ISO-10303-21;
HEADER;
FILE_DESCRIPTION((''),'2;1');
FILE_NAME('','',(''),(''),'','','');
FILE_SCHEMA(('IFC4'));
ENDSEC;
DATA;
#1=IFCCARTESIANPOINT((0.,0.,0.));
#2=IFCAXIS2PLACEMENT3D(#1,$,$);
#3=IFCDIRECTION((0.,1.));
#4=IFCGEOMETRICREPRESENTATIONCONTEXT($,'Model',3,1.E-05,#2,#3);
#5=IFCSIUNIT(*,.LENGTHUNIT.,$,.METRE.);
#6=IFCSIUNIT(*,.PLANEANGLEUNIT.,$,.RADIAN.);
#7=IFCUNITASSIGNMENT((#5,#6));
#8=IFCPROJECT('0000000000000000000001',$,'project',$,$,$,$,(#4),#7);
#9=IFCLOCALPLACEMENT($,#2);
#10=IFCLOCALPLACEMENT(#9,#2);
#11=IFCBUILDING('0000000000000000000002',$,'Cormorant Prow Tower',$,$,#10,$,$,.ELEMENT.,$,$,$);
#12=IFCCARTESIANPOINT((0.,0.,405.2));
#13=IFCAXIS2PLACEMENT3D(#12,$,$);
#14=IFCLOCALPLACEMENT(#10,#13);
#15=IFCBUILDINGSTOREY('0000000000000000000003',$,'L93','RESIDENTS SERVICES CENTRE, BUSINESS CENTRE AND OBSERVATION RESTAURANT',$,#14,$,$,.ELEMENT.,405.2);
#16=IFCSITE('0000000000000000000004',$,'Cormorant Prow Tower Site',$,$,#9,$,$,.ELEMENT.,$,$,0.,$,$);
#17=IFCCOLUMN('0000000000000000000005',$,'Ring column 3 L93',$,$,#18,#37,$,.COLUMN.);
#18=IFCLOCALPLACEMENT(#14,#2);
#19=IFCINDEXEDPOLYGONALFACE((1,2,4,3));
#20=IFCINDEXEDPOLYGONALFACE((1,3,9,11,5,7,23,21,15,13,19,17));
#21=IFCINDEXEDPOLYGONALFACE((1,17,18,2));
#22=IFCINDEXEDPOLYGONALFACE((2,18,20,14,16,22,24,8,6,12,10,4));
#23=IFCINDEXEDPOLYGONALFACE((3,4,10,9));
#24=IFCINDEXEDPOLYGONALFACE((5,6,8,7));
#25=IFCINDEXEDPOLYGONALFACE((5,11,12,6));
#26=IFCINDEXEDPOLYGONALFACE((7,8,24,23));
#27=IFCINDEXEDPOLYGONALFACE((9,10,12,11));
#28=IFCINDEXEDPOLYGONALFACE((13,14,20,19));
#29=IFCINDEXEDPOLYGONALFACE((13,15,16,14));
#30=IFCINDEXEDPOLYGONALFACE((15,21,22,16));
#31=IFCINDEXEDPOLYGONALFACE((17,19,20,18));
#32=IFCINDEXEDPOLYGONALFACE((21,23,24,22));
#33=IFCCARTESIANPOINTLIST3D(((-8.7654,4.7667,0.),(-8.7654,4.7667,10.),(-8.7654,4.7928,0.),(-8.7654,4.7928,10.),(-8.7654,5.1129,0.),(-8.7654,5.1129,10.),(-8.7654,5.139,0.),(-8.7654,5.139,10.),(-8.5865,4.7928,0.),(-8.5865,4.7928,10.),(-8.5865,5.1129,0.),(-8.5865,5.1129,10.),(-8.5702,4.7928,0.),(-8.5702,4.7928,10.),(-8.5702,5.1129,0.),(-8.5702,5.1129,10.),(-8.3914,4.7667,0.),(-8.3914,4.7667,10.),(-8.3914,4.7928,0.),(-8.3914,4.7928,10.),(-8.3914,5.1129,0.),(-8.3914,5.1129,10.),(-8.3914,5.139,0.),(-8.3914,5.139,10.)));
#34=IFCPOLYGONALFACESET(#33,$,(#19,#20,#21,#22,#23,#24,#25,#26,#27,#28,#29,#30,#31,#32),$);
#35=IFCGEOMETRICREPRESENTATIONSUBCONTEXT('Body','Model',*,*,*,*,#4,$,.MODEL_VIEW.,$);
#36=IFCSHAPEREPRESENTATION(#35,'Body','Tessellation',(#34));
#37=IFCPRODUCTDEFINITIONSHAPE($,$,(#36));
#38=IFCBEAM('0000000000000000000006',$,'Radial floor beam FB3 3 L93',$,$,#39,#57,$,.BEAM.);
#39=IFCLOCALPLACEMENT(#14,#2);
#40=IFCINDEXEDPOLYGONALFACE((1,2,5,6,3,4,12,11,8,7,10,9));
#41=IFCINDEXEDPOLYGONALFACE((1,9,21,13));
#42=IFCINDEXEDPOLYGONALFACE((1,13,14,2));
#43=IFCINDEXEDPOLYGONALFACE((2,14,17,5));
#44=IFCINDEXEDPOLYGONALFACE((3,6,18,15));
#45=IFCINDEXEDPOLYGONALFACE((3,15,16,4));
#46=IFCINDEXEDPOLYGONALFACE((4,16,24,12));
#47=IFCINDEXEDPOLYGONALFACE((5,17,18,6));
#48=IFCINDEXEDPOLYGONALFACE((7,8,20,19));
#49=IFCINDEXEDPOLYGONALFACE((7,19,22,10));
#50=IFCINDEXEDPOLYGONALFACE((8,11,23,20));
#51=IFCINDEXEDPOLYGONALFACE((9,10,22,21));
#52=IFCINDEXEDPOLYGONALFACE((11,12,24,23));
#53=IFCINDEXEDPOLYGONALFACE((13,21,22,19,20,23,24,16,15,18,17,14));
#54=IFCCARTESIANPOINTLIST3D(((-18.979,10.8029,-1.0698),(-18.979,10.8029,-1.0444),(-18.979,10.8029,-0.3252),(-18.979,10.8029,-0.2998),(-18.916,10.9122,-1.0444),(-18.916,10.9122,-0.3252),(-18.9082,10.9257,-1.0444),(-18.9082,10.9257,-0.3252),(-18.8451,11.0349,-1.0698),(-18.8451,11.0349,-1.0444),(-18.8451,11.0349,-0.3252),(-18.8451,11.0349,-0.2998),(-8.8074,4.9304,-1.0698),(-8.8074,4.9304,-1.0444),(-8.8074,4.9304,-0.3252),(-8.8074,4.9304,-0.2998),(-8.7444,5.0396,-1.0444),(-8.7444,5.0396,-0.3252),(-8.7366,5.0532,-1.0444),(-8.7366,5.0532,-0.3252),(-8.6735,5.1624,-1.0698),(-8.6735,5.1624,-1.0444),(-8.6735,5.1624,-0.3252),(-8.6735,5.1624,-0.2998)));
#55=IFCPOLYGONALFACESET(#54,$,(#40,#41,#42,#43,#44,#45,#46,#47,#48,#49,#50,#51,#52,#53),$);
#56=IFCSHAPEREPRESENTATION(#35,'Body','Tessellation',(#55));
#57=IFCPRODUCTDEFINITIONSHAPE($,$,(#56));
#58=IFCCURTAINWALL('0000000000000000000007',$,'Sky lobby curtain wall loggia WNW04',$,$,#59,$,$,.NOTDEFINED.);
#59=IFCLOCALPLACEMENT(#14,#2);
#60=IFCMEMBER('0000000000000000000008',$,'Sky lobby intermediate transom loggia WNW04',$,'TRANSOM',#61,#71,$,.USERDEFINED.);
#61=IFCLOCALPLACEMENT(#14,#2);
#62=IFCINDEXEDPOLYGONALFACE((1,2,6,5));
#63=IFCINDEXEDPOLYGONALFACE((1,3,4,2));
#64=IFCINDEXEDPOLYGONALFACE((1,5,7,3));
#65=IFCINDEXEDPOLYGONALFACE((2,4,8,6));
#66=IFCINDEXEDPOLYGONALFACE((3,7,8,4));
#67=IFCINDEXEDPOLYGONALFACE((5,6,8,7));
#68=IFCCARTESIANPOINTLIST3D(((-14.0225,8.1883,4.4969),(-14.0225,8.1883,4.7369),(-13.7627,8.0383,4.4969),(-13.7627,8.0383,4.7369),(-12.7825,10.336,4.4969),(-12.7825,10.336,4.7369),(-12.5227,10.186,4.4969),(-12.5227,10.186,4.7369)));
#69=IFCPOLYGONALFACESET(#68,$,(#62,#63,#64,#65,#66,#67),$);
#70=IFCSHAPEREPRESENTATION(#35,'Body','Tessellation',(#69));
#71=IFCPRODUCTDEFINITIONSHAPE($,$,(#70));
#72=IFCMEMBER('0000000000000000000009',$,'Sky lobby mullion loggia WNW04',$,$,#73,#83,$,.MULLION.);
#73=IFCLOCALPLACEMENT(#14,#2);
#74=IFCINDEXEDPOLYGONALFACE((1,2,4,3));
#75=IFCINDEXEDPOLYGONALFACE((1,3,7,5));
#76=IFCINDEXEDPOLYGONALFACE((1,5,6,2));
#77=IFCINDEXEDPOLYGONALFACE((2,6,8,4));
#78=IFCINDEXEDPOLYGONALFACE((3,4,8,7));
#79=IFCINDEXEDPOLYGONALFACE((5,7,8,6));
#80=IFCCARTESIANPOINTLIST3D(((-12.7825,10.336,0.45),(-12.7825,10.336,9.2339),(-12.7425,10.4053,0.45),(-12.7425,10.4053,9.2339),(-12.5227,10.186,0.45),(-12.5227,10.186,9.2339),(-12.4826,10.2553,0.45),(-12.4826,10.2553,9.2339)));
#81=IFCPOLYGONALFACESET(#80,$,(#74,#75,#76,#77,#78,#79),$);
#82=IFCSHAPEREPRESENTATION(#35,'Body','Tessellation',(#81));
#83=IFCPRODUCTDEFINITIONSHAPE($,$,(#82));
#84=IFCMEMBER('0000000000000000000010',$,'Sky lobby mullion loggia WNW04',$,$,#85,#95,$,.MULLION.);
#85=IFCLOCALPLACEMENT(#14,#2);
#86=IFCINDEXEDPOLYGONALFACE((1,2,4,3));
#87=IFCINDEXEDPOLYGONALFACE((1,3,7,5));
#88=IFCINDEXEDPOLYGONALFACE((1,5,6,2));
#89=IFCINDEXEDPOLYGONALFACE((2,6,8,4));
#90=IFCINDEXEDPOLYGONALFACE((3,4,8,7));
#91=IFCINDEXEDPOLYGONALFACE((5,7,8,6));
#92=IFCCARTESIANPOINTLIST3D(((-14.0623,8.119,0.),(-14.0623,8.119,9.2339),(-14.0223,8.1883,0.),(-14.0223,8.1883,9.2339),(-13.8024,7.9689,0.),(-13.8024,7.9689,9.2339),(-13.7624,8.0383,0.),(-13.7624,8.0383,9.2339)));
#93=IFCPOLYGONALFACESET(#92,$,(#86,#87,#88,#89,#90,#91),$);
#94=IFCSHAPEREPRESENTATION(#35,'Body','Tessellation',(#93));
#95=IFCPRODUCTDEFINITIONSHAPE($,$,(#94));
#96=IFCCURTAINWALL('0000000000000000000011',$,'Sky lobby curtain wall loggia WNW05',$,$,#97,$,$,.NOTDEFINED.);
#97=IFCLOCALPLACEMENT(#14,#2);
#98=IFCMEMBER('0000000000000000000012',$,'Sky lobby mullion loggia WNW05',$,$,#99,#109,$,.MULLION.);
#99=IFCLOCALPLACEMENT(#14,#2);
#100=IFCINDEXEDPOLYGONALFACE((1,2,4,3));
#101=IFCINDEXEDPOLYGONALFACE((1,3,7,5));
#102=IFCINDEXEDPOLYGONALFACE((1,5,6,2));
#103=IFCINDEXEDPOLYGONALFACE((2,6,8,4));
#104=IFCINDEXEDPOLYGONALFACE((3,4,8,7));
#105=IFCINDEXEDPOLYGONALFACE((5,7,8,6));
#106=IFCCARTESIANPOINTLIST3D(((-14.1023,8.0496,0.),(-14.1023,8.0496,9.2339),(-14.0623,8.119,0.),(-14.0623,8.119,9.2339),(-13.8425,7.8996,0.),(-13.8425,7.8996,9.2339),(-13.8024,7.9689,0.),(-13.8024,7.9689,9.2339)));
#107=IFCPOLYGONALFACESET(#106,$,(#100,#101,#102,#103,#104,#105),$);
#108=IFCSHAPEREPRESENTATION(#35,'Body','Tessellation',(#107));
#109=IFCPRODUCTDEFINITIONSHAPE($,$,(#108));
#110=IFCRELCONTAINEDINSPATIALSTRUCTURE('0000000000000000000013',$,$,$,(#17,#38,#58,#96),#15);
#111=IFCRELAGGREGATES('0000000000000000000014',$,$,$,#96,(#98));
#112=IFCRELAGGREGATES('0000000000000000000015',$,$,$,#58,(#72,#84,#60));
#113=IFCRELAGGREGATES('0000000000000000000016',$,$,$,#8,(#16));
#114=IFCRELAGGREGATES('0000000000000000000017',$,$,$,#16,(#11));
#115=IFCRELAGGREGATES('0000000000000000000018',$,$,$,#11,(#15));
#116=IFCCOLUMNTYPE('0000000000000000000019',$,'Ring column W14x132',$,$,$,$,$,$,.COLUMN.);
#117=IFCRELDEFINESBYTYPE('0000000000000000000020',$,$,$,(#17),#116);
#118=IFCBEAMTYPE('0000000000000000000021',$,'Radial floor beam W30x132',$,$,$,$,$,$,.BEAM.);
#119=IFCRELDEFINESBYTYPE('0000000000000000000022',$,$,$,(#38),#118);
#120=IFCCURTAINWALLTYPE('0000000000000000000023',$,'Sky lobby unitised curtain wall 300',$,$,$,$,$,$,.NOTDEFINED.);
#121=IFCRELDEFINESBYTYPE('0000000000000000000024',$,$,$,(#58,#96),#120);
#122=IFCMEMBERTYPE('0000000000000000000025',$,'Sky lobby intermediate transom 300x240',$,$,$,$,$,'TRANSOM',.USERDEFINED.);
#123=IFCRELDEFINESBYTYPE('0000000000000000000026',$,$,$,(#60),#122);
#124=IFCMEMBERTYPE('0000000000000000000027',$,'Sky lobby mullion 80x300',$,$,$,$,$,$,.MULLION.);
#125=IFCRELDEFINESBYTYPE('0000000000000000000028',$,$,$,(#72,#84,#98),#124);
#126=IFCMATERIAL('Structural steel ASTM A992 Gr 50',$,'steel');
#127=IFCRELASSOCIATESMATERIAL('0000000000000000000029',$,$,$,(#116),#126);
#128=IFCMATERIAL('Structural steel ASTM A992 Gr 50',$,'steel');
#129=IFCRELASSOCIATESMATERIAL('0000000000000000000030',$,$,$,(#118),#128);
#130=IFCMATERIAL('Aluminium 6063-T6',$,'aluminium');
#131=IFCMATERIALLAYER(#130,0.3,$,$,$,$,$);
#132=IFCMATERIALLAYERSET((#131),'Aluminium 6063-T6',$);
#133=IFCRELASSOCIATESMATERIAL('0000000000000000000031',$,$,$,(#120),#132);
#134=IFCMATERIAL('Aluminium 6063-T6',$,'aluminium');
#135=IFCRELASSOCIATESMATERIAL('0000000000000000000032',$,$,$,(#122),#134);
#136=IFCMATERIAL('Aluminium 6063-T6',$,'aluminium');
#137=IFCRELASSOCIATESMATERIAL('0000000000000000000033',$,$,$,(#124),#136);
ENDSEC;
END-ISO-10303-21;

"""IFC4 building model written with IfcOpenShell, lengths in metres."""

from ifc_helpers import new_model, si_unit, direction, frame, origin, origin_2d, place, context, subcontext, project, spatial, rectangle, i_section, extrude, material, layer, layer_set, material_profile, profile_set, type_object, element, aggregate, save


model = new_model("IFC4")

# Units and contexts
model_context = context("Model", 3, precision=1e-05, world=origin(), true_north=direction((0.0, 1.0)))
body_context = subcontext(model_context, "Body", "Model", "MODEL_VIEW")
ifc_project = project(units=[si_unit("LENGTHUNIT", "METRE"), si_unit("PLANEANGLEUNIT", "RADIAN")], contexts=[model_context])

# Site, building, storey
site_placement = place(None, origin())
site = spatial("IfcSite", under=ifc_project, at=site_placement, Name="Cormorant Prow Tower Site", CompositionType="ELEMENT", RefElevation=0.0)
building_placement = place(site_placement, origin())
building = spatial("IfcBuilding", under=site, at=building_placement, Name="Cormorant Prow Tower", CompositionType="ELEMENT")
storey_placement = place(building_placement, frame((0.0, 0.0, 405.2)))
storey = spatial("IfcBuildingStorey", under=building, at=storey_placement, Name="L93", Description="RESIDENTS SERVICES CENTRE, BUSINESS CENTRE AND OBSERVATION RESTAURANT", CompositionType="ELEMENT", Elevation=405.2)

# Column
ifc_material_1 = material(Name="Structural steel ASTM A992 Gr 50", Category="steel")
ifc_material_profile_1 = material_profile(ifc_material_1, i_section(OverallWidth=0.374, OverallDepth=0.3723, WebThickness=0.0164, FlangeThickness=0.0261, at=origin_2d()), Name="W14x132")
ifc_profile_set_1 = profile_set([ifc_material_profile_1], Name="Structural steel ASTM A992 Gr 50")
column_type = type_object("IfcColumnType", Name="Ring column W14x132", PredefinedType="COLUMN", material=ifc_profile_set_1)
column_placement = place(storey_placement, frame((-8.5784, 4.9529, 0.0), z_axis=(0.0, 0.0, 1.0), x_axis=(1.0, 0.0, 0.0)))
element("IfcColumn", 1, at=column_placement, inside=storey, type_object=column_type, Name="Ring column 3 L93", PredefinedType="COLUMN", context=body_context, shape_type="SweptSolid", body=[
    extrude(i_section(OverallWidth=0.374, OverallDepth=0.3723, WebThickness=0.0164, FlangeThickness=0.0261, at=origin_2d()), origin(), (0.0, 0.0, 1.0), 10.0),
])

# Beam
ifc_material_2 = material(Name="Structural steel ASTM A992 Gr 50", Category="steel")
ifc_material_profile_2 = material_profile(ifc_material_2, i_section(OverallWidth=0.2678, OverallDepth=0.77, WebThickness=0.0156, FlangeThickness=0.0254, at=origin_2d()), Name="W30x132")
ifc_profile_set_2 = profile_set([ifc_material_profile_2], Name="Structural steel ASTM A992 Gr 50")
beam_type = type_object("IfcBeamType", Name="Radial floor beam W30x132", PredefinedType="BEAM", material=ifc_profile_set_2)
beam_placement = place(storey_placement, frame((-8.7405, 5.0464, -0.6848), z_axis=(-0.866027, 0.499998, 0.0), x_axis=(-0.499998, -0.866027, 0.0)))
element("IfcBeam", 2, at=beam_placement, inside=storey, type_object=beam_type, Name="Radial floor beam FB3 3 L93", PredefinedType="BEAM", context=body_context, shape_type="SweptSolid", body=[
    extrude(i_section(OverallWidth=0.2678, OverallDepth=0.77, WebThickness=0.0156, FlangeThickness=0.0254, at=origin_2d()), origin(), (0.0, 0.0, 1.0), 11.7451),
])

# Curtain wall, members
ifc_material_3 = material(Name="Aluminium 6063-T6", Category="aluminium")
ifc_layer_1 = layer(ifc_material_3, 0.3)
ifc_layer_set_1 = layer_set([ifc_layer_1], Name="Aluminium 6063-T6")
curtain_wall_type = type_object("IfcCurtainWallType", Name="Sky lobby unitised curtain wall 300", PredefinedType="NOTDEFINED", material=ifc_layer_set_1)
curtain_wall_1_placement = place(storey_placement, origin())
curtain_wall_1 = element("IfcCurtainWall", 3, at=curtain_wall_1_placement, inside=storey, type_object=curtain_wall_type, Name="Sky lobby curtain wall loggia WNW04", PredefinedType="NOTDEFINED")
ifc_material_4 = material(Name="Aluminium 6063-T6", Category="aluminium")
ifc_material_profile_3 = material_profile(ifc_material_4, rectangle(XDim=0.3, YDim=0.24, at=origin_2d()), Name="Sky lobby intermediate transom 300x240")
ifc_profile_set_3 = profile_set([ifc_material_profile_3], Name="Aluminium 6063-T6")
member_type_1 = type_object("IfcMemberType", Name="Sky lobby intermediate transom 300x240", ElementType="TRANSOM", PredefinedType="USERDEFINED", material=ifc_profile_set_3)
member_1_placement = place(storey_placement, frame((-12.6526, 10.261, 4.6169), z_axis=(-0.500004, -0.866023, 0.0), x_axis=(0.866023, -0.500004, 0.0)))
member_1 = element("IfcMember", 4, at=member_1_placement, type_object=member_type_1, Name="Sky lobby intermediate transom loggia WNW04", ObjectType="TRANSOM", PredefinedType="USERDEFINED", context=body_context, shape_type="SweptSolid", body=[
    extrude(rectangle(XDim=0.3, YDim=0.24, at=origin_2d()), origin(), (0.0, 0.0, 1.0), 2.48),
])
ifc_material_5 = material(Name="Aluminium 6063-T6", Category="aluminium")
ifc_material_profile_4 = material_profile(ifc_material_5, rectangle(XDim=0.3, YDim=0.0801, at=origin_2d()), Name="Sky lobby mullion 80x300")
ifc_profile_set_4 = profile_set([ifc_material_profile_4], Name="Aluminium 6063-T6")
member_type_2 = type_object("IfcMemberType", Name="Sky lobby mullion 80x300", PredefinedType="MULLION", material=ifc_profile_set_4)
member_2_placement = place(storey_placement, frame((-12.6326, 10.2957, 0.45), z_axis=(0.0, 0.0, 1.0), x_axis=(0.866025, -0.5, 0.0)))
member_2 = element("IfcMember", 5, at=member_2_placement, type_object=member_type_2, Name="Sky lobby mullion loggia WNW04", PredefinedType="MULLION", context=body_context, shape_type="SweptSolid", body=[
    extrude(rectangle(XDim=0.3, YDim=0.0801, at=origin_2d()), origin(), (0.0, 0.0, 1.0), 8.7839),
])
member_3_placement = place(storey_placement, frame((-13.9124, 8.0786, 0.0), z_axis=(0.0, 0.0, 1.0), x_axis=(0.866025, -0.5, 0.0)))
member_3 = element("IfcMember", 6, at=member_3_placement, type_object=member_type_2, Name="Sky lobby mullion loggia WNW04", PredefinedType="MULLION", context=body_context, shape_type="SweptSolid", body=[
    extrude(rectangle(XDim=0.3, YDim=0.0801, at=origin_2d()), origin(), (0.0, 0.0, 1.0), 9.2339),
])

# Curtain wall, member
curtain_wall_2_placement = place(storey_placement, origin())
curtain_wall_2 = element("IfcCurtainWall", 7, at=curtain_wall_2_placement, inside=storey, type_object=curtain_wall_type, Name="Sky lobby curtain wall loggia WNW05", PredefinedType="NOTDEFINED")
member_4_placement = place(storey_placement, frame((-13.9524, 8.0093, 0.0), z_axis=(0.0, 0.0, 1.0), x_axis=(0.866025, -0.5, 0.0)))
member_4 = element("IfcMember", 8, at=member_4_placement, type_object=member_type_2, Name="Sky lobby mullion loggia WNW05", PredefinedType="MULLION", context=body_context, shape_type="SweptSolid", body=[
    extrude(rectangle(XDim=0.3, YDim=0.0801, at=origin_2d()), origin(), (0.0, 0.0, 1.0), 9.2339),
])
aggregate(curtain_wall_2, [member_4])

aggregate(curtain_wall_1, [member_2, member_3, member_1])

save(model, "model.ifc")
